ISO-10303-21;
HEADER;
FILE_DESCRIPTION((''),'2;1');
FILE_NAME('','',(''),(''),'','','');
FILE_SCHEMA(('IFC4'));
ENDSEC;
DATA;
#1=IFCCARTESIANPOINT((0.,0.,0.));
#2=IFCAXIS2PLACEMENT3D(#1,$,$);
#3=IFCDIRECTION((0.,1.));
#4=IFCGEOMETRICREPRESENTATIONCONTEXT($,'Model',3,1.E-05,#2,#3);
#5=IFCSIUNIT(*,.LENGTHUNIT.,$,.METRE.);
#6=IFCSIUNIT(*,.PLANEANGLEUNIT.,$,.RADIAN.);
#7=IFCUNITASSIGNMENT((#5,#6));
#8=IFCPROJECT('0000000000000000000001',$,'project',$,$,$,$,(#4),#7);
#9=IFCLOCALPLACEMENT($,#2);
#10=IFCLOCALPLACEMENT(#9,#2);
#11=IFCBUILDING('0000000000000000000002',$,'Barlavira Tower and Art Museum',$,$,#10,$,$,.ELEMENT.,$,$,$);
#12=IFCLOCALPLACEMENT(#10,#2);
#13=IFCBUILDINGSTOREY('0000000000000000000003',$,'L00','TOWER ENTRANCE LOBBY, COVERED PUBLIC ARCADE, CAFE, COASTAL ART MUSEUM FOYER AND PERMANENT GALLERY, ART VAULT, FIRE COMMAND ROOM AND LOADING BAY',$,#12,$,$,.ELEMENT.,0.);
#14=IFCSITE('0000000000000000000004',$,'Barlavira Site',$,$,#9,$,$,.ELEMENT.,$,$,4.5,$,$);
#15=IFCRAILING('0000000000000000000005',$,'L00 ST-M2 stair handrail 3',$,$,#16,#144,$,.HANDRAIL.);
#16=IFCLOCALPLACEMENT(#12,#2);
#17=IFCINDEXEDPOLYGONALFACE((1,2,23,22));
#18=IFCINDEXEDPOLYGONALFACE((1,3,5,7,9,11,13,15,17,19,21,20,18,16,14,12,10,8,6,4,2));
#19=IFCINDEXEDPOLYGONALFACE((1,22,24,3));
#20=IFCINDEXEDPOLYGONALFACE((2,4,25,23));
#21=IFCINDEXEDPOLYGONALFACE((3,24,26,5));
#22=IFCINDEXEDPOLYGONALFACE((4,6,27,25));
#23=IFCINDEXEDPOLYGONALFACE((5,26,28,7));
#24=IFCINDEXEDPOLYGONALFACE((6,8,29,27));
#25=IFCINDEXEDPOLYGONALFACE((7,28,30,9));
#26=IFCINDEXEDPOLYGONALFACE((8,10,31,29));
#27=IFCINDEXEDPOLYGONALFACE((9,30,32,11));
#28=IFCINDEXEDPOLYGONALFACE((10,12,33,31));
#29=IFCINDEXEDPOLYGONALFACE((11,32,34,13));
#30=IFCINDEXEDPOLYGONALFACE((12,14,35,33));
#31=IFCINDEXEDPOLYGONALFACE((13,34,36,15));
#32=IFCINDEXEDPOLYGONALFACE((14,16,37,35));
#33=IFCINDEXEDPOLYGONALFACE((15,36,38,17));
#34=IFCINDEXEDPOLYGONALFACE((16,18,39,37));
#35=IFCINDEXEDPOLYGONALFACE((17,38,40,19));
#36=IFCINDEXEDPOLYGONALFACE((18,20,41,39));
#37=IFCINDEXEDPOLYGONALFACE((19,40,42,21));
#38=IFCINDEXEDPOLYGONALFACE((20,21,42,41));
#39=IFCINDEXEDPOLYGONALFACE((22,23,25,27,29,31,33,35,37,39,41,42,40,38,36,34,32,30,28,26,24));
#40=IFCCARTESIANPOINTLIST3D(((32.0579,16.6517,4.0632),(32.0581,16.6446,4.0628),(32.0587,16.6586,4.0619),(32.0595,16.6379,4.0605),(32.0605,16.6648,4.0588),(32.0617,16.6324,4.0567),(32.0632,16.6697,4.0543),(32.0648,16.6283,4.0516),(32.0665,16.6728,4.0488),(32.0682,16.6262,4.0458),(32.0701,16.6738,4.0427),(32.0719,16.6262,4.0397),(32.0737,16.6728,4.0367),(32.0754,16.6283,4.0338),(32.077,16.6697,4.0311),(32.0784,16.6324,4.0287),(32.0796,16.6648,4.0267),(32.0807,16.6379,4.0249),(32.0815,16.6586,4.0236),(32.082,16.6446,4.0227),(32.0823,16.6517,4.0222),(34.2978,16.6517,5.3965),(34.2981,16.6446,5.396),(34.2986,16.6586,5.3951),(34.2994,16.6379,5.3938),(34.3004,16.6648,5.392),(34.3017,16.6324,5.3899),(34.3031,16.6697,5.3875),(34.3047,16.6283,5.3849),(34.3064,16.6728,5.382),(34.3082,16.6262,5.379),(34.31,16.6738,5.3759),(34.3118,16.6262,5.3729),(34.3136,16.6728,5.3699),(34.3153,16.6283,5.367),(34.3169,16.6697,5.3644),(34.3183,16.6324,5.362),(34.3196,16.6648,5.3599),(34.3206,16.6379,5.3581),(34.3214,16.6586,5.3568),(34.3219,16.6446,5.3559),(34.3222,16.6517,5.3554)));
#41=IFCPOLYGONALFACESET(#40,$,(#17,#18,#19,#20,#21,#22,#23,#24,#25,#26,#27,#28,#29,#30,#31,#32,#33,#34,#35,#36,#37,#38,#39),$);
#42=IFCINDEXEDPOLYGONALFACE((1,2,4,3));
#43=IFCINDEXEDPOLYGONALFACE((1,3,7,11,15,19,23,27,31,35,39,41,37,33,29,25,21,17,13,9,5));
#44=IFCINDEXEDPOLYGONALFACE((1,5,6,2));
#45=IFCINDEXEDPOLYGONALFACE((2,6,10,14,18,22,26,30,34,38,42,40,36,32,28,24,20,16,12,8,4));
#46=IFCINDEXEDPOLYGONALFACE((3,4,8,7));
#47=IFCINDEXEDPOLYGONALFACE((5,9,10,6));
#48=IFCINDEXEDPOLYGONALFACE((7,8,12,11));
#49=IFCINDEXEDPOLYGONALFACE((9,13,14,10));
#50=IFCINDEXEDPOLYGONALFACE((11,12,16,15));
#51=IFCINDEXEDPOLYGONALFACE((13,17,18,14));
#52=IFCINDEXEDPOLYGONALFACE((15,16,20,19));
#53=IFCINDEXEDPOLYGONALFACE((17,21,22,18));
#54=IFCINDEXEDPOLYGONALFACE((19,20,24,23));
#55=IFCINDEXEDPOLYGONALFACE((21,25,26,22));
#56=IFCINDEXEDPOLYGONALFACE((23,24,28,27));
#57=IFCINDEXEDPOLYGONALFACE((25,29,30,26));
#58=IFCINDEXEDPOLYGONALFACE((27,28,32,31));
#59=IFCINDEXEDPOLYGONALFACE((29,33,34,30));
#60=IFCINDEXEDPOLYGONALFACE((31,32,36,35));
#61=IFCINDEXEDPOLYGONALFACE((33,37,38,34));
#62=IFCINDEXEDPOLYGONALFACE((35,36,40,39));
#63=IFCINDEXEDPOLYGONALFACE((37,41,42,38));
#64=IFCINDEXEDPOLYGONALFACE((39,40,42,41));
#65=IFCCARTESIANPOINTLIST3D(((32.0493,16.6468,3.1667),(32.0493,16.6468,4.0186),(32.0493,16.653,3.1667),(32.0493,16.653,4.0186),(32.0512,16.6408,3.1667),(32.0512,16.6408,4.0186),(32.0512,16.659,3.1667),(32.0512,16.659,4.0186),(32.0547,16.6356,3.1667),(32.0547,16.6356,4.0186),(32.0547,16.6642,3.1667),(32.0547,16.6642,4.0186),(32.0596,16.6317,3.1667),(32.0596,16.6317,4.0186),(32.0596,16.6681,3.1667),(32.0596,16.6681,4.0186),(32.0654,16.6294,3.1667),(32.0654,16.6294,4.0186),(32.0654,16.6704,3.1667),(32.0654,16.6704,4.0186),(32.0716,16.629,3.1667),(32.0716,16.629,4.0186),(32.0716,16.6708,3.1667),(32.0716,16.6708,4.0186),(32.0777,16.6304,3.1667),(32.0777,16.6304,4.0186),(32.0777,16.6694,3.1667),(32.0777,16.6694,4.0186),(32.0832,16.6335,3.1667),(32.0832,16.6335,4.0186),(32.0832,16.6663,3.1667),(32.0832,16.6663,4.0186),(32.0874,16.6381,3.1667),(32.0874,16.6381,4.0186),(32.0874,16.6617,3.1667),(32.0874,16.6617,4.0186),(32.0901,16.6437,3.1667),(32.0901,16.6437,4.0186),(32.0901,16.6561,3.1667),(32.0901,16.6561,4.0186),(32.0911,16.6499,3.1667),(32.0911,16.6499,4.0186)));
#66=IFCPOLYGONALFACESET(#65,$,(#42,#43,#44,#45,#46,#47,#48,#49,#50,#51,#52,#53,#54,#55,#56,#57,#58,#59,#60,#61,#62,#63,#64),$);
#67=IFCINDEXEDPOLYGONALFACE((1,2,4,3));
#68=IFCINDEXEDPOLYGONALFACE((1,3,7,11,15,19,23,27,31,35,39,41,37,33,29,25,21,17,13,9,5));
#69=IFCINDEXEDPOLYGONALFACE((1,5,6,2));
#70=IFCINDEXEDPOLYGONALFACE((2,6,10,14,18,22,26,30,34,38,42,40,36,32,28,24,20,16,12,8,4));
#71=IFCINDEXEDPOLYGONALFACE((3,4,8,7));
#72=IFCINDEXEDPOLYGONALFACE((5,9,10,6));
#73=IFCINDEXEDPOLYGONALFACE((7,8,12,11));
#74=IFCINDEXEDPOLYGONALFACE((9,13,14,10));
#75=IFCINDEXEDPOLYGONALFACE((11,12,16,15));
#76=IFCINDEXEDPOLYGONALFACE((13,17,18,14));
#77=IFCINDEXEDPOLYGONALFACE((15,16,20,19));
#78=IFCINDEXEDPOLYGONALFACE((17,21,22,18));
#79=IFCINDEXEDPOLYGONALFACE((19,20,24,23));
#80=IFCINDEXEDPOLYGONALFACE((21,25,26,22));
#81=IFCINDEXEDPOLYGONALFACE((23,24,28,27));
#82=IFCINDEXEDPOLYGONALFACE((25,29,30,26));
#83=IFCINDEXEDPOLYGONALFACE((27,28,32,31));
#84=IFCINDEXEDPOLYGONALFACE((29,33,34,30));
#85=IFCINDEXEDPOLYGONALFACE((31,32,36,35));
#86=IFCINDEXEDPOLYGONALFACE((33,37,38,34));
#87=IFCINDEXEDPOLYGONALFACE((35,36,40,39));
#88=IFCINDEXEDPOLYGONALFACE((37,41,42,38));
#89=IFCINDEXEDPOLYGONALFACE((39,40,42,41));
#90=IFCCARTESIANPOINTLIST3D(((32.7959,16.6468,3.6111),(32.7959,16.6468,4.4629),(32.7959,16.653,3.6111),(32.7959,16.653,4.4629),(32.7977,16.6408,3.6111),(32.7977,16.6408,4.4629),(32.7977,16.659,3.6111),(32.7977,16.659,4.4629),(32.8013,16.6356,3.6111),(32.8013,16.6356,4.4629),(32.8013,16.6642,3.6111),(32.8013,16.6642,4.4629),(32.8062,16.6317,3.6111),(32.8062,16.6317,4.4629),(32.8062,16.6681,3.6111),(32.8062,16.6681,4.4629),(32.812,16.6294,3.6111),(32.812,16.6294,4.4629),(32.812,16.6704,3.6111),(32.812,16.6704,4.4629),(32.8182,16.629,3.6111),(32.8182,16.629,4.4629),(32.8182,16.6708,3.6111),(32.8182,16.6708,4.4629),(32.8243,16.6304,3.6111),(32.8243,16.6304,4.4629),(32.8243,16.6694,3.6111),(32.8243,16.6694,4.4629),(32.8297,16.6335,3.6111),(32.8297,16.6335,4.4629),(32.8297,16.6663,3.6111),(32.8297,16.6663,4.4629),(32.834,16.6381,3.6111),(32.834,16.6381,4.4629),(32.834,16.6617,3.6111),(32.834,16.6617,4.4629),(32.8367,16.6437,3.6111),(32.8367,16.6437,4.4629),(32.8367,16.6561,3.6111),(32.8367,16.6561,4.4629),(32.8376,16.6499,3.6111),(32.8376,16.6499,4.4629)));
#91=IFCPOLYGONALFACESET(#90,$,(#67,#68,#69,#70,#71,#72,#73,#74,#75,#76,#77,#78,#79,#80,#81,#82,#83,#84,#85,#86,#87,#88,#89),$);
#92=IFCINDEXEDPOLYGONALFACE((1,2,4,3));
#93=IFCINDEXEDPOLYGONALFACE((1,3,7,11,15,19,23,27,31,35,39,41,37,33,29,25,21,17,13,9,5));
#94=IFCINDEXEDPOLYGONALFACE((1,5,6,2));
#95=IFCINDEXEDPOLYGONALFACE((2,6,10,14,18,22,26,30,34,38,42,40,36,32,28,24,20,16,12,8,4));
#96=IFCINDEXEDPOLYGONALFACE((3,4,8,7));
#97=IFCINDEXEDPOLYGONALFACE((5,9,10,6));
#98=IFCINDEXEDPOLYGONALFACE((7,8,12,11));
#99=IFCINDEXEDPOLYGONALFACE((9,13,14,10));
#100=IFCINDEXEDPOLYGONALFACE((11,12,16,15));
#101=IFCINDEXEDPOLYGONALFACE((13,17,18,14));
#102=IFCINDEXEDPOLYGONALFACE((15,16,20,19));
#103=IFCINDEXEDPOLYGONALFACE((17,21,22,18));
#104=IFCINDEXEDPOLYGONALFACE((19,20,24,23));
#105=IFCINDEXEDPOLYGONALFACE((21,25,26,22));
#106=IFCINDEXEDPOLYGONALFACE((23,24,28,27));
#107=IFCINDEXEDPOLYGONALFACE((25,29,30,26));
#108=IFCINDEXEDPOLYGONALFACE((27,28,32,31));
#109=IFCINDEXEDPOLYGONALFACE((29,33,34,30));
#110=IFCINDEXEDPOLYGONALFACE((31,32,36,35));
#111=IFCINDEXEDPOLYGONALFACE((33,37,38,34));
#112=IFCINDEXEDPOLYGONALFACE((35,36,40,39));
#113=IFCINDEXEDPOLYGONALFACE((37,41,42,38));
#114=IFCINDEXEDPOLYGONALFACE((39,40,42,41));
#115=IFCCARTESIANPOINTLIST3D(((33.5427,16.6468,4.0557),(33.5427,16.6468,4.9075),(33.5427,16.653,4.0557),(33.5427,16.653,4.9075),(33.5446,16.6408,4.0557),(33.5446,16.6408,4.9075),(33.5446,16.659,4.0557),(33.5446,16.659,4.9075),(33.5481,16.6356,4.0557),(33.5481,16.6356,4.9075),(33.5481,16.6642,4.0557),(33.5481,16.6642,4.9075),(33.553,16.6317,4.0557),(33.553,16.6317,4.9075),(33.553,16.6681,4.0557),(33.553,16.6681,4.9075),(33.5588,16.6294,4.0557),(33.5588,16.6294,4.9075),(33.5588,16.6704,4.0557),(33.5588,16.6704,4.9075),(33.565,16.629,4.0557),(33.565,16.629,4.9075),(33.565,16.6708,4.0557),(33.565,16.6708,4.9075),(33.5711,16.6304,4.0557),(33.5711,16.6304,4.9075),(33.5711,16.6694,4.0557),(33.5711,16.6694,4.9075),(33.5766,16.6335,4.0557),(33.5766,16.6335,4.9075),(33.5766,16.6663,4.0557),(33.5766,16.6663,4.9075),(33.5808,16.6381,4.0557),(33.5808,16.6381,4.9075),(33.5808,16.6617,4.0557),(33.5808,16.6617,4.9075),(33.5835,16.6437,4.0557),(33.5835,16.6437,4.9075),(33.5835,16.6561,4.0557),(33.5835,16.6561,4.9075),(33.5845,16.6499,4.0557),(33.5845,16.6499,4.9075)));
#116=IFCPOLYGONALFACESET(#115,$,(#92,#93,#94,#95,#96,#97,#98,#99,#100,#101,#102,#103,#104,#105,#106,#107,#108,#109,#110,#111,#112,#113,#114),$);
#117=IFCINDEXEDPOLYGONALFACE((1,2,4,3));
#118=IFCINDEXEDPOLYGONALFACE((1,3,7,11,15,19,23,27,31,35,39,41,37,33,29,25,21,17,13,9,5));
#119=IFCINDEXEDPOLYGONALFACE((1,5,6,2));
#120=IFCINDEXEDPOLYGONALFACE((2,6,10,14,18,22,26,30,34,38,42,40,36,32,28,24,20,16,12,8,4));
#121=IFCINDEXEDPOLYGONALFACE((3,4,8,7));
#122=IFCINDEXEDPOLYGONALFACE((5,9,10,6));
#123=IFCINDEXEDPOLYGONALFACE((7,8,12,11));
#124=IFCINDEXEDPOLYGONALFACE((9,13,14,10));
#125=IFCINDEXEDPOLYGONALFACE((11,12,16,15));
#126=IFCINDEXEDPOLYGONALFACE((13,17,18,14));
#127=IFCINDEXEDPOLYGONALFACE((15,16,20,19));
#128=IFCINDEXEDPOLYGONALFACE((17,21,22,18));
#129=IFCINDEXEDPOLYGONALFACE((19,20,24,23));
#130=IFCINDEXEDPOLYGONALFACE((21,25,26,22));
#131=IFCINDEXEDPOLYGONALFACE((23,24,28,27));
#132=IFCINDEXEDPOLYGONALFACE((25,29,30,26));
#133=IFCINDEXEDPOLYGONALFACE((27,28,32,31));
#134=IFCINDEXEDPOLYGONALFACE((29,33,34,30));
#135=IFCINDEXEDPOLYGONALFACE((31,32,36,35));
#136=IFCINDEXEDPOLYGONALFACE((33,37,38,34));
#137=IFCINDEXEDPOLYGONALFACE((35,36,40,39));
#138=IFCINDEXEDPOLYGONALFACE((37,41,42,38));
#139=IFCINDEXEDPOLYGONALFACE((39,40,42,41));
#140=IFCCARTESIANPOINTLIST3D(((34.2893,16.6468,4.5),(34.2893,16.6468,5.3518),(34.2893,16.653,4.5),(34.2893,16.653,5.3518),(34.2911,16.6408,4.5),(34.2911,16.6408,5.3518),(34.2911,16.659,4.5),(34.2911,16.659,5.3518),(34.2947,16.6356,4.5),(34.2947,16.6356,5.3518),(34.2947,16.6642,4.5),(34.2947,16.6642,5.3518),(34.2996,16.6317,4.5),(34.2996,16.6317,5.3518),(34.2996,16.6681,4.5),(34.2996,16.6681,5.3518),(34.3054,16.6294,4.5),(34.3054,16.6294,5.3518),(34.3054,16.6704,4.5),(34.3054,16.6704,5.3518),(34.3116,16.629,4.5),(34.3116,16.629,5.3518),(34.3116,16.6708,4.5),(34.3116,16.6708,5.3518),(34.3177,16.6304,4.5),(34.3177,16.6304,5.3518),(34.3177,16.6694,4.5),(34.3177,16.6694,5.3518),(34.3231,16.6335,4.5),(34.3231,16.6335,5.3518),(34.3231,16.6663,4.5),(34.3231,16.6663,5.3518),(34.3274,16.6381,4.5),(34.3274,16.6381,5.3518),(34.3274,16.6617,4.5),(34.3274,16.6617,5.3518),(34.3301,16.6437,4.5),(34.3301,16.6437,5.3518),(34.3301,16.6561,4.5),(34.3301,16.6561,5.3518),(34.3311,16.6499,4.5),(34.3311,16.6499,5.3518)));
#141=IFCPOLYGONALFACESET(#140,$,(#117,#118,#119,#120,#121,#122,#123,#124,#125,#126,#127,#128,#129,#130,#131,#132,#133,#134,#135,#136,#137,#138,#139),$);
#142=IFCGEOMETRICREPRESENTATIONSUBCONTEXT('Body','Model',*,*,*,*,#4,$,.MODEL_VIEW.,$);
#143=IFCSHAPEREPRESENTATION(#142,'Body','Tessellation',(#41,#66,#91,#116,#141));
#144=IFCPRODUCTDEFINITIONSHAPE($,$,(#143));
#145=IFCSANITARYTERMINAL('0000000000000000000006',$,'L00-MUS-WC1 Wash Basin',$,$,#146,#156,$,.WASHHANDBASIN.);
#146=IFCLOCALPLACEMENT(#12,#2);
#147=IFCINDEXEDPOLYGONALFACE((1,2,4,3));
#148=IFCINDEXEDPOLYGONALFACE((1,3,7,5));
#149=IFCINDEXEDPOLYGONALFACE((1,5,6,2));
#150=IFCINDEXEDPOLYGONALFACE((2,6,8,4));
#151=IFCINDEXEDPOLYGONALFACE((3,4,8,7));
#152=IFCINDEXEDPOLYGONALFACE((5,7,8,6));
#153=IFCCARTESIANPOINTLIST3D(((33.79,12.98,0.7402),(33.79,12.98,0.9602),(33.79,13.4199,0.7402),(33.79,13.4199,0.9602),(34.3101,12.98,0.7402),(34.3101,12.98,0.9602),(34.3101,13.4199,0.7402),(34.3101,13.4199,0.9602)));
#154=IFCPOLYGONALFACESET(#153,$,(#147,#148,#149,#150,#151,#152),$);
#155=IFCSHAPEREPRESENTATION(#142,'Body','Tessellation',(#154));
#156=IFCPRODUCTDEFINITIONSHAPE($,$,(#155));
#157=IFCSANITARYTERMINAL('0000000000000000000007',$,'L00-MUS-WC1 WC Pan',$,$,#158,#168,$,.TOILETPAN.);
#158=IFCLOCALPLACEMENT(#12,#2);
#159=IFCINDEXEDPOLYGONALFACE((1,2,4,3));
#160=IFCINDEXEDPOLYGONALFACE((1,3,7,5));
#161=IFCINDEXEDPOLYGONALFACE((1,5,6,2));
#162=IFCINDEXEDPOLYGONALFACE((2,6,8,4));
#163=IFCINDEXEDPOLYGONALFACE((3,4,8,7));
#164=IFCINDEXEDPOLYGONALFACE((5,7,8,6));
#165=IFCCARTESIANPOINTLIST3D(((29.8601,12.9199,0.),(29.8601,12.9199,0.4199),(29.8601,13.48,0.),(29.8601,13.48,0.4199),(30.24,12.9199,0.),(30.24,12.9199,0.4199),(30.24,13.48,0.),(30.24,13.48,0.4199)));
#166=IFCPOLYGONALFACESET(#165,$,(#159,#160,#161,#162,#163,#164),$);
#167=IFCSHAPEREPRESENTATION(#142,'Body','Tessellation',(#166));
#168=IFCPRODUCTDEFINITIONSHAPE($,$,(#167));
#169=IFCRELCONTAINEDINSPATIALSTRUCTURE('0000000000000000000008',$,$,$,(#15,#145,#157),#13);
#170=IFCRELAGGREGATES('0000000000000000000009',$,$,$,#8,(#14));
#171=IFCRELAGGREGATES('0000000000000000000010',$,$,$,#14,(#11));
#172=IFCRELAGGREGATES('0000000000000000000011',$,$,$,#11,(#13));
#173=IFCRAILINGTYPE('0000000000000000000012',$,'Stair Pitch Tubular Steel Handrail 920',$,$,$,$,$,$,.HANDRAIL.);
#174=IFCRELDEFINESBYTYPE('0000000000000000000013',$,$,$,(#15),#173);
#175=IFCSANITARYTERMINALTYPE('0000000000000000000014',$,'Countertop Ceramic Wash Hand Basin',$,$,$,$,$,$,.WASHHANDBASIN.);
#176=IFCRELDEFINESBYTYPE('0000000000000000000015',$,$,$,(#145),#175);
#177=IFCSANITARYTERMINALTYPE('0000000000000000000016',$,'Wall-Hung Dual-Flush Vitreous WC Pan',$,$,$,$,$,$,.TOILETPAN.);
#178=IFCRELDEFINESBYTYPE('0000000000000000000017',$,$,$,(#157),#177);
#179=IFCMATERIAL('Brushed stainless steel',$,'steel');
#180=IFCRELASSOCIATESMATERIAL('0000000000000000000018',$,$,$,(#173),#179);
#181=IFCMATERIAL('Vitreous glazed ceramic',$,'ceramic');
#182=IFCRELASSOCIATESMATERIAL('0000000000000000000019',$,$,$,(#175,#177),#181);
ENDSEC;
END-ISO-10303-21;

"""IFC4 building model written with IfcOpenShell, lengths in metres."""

from ifc_helpers import new_model, si_unit, direction, frame, origin, origin_2d, place, context, subcontext, project, spatial, rectangle, circle, extrude, material, type_object, element, save


model = new_model("IFC4")

# Units and contexts
model_context = context("Model", 3, precision=1e-05, world=origin(), true_north=direction((0.0, 1.0)))
body_context = subcontext(model_context, "Body", "Model", "MODEL_VIEW")
ifc_project = project(units=[si_unit("LENGTHUNIT", "METRE"), si_unit("PLANEANGLEUNIT", "RADIAN")], contexts=[model_context])

# Site, building, storey
site_placement = place(None, origin())
site = spatial("IfcSite", under=ifc_project, at=site_placement, Name="Barlavira Site", CompositionType="ELEMENT", RefElevation=4.5)
building_placement = place(site_placement, origin())
building = spatial("IfcBuilding", under=site, at=building_placement, Name="Barlavira Tower and Art Museum", CompositionType="ELEMENT")
storey_placement = place(building_placement, origin())
storey = spatial("IfcBuildingStorey", under=building, at=storey_placement, Name="L00", Description="TOWER ENTRANCE LOBBY, COVERED PUBLIC ARCADE, CAFE, COASTAL ART MUSEUM FOYER AND PERMANENT GALLERY, ART VAULT, FIRE COMMAND ROOM AND LOADING BAY", CompositionType="ELEMENT", Elevation=0.0)

# Shared definitions
ifc_material_1 = material(Name="Brushed stainless steel", Category="steel")

# Railing
railing_type_1 = type_object("IfcRailingType", Name="Stair Pitch Tubular Steel Handrail 920", PredefinedType="HANDRAIL", material=ifc_material_1)
for number, where, name in (
    (1, (32.0701, 16.6499, 3.1667), "L00 ST-M2 stair handrail 3"),
):
    element("IfcRailing", number, at=place(storey_placement, frame(where)), inside=storey, type_object=railing_type_1, Name=name, PredefinedType="HANDRAIL", context=body_context, shape_type="SweptSolid", body=[
        extrude(circle(Radius=0.0239, at=origin_2d()), frame((0.0, 0.0, 0.876), z_axis=(0.859306, 0.0, 0.511462), x_axis=(0.0, 1.0, 0.0)), (0.0, 0.0, 1.0), 2.6067),
        extrude(circle(Radius=0.021, at=origin_2d()), origin(), (0.0, 0.0, 1.0), 0.8518),
        extrude(circle(Radius=0.021, at=origin_2d()), frame((0.7466, 0.0, 0.4443)), (0.0, 0.0, 1.0), 0.8518),
        extrude(circle(Radius=0.021, at=origin_2d()), frame((1.4934, 0.0, 0.8889)), (0.0, 0.0, 1.0), 0.8518),
        extrude(circle(Radius=0.021, at=origin_2d()), frame((2.24, 0.0, 1.3333)), (0.0, 0.0, 1.0), 0.8518),
    ])

# Sanitary terminals
ifc_material_2 = material(Name="Vitreous glazed ceramic", Category="ceramic")
sanitary_terminal_type_1 = type_object("IfcSanitaryTerminalType", Name="Countertop Ceramic Wash Hand Basin", PredefinedType="WASHHANDBASIN", material=ifc_material_2)
sanitary_terminal_1_placement = place(storey_placement, frame((34.05, 13.2, 0.7402), z_axis=(0.0, 0.0, 1.0), x_axis=(1.0, 0.0, 0.0)))
element("IfcSanitaryTerminal", 2, at=sanitary_terminal_1_placement, inside=storey, type_object=sanitary_terminal_type_1, Name="L00-MUS-WC1 Wash Basin", PredefinedType="WASHHANDBASIN", context=body_context, shape_type="SweptSolid", body=[
    extrude(rectangle(XDim=0.52, YDim=0.4399, at=origin_2d()), origin(), (0.0, 0.0, 1.0), 0.22),
])
sanitary_terminal_type_2 = type_object("IfcSanitaryTerminalType", Name="Wall-Hung Dual-Flush Vitreous WC Pan", PredefinedType="TOILETPAN", material=ifc_material_2)
sanitary_terminal_2_placement = place(storey_placement, frame((30.05, 13.2, 0.0), z_axis=(0.0, 0.0, 1.0), x_axis=(1.0, 0.0, 0.0)))
element("IfcSanitaryTerminal", 3, at=sanitary_terminal_2_placement, inside=storey, type_object=sanitary_terminal_type_2, Name="L00-MUS-WC1 WC Pan", PredefinedType="TOILETPAN", context=body_context, shape_type="SweptSolid", body=[
    extrude(rectangle(XDim=0.3799, YDim=0.5601, at=origin_2d()), origin(), (0.0, 0.0, 1.0), 0.4199),
])

save(model, "model.ifc")
